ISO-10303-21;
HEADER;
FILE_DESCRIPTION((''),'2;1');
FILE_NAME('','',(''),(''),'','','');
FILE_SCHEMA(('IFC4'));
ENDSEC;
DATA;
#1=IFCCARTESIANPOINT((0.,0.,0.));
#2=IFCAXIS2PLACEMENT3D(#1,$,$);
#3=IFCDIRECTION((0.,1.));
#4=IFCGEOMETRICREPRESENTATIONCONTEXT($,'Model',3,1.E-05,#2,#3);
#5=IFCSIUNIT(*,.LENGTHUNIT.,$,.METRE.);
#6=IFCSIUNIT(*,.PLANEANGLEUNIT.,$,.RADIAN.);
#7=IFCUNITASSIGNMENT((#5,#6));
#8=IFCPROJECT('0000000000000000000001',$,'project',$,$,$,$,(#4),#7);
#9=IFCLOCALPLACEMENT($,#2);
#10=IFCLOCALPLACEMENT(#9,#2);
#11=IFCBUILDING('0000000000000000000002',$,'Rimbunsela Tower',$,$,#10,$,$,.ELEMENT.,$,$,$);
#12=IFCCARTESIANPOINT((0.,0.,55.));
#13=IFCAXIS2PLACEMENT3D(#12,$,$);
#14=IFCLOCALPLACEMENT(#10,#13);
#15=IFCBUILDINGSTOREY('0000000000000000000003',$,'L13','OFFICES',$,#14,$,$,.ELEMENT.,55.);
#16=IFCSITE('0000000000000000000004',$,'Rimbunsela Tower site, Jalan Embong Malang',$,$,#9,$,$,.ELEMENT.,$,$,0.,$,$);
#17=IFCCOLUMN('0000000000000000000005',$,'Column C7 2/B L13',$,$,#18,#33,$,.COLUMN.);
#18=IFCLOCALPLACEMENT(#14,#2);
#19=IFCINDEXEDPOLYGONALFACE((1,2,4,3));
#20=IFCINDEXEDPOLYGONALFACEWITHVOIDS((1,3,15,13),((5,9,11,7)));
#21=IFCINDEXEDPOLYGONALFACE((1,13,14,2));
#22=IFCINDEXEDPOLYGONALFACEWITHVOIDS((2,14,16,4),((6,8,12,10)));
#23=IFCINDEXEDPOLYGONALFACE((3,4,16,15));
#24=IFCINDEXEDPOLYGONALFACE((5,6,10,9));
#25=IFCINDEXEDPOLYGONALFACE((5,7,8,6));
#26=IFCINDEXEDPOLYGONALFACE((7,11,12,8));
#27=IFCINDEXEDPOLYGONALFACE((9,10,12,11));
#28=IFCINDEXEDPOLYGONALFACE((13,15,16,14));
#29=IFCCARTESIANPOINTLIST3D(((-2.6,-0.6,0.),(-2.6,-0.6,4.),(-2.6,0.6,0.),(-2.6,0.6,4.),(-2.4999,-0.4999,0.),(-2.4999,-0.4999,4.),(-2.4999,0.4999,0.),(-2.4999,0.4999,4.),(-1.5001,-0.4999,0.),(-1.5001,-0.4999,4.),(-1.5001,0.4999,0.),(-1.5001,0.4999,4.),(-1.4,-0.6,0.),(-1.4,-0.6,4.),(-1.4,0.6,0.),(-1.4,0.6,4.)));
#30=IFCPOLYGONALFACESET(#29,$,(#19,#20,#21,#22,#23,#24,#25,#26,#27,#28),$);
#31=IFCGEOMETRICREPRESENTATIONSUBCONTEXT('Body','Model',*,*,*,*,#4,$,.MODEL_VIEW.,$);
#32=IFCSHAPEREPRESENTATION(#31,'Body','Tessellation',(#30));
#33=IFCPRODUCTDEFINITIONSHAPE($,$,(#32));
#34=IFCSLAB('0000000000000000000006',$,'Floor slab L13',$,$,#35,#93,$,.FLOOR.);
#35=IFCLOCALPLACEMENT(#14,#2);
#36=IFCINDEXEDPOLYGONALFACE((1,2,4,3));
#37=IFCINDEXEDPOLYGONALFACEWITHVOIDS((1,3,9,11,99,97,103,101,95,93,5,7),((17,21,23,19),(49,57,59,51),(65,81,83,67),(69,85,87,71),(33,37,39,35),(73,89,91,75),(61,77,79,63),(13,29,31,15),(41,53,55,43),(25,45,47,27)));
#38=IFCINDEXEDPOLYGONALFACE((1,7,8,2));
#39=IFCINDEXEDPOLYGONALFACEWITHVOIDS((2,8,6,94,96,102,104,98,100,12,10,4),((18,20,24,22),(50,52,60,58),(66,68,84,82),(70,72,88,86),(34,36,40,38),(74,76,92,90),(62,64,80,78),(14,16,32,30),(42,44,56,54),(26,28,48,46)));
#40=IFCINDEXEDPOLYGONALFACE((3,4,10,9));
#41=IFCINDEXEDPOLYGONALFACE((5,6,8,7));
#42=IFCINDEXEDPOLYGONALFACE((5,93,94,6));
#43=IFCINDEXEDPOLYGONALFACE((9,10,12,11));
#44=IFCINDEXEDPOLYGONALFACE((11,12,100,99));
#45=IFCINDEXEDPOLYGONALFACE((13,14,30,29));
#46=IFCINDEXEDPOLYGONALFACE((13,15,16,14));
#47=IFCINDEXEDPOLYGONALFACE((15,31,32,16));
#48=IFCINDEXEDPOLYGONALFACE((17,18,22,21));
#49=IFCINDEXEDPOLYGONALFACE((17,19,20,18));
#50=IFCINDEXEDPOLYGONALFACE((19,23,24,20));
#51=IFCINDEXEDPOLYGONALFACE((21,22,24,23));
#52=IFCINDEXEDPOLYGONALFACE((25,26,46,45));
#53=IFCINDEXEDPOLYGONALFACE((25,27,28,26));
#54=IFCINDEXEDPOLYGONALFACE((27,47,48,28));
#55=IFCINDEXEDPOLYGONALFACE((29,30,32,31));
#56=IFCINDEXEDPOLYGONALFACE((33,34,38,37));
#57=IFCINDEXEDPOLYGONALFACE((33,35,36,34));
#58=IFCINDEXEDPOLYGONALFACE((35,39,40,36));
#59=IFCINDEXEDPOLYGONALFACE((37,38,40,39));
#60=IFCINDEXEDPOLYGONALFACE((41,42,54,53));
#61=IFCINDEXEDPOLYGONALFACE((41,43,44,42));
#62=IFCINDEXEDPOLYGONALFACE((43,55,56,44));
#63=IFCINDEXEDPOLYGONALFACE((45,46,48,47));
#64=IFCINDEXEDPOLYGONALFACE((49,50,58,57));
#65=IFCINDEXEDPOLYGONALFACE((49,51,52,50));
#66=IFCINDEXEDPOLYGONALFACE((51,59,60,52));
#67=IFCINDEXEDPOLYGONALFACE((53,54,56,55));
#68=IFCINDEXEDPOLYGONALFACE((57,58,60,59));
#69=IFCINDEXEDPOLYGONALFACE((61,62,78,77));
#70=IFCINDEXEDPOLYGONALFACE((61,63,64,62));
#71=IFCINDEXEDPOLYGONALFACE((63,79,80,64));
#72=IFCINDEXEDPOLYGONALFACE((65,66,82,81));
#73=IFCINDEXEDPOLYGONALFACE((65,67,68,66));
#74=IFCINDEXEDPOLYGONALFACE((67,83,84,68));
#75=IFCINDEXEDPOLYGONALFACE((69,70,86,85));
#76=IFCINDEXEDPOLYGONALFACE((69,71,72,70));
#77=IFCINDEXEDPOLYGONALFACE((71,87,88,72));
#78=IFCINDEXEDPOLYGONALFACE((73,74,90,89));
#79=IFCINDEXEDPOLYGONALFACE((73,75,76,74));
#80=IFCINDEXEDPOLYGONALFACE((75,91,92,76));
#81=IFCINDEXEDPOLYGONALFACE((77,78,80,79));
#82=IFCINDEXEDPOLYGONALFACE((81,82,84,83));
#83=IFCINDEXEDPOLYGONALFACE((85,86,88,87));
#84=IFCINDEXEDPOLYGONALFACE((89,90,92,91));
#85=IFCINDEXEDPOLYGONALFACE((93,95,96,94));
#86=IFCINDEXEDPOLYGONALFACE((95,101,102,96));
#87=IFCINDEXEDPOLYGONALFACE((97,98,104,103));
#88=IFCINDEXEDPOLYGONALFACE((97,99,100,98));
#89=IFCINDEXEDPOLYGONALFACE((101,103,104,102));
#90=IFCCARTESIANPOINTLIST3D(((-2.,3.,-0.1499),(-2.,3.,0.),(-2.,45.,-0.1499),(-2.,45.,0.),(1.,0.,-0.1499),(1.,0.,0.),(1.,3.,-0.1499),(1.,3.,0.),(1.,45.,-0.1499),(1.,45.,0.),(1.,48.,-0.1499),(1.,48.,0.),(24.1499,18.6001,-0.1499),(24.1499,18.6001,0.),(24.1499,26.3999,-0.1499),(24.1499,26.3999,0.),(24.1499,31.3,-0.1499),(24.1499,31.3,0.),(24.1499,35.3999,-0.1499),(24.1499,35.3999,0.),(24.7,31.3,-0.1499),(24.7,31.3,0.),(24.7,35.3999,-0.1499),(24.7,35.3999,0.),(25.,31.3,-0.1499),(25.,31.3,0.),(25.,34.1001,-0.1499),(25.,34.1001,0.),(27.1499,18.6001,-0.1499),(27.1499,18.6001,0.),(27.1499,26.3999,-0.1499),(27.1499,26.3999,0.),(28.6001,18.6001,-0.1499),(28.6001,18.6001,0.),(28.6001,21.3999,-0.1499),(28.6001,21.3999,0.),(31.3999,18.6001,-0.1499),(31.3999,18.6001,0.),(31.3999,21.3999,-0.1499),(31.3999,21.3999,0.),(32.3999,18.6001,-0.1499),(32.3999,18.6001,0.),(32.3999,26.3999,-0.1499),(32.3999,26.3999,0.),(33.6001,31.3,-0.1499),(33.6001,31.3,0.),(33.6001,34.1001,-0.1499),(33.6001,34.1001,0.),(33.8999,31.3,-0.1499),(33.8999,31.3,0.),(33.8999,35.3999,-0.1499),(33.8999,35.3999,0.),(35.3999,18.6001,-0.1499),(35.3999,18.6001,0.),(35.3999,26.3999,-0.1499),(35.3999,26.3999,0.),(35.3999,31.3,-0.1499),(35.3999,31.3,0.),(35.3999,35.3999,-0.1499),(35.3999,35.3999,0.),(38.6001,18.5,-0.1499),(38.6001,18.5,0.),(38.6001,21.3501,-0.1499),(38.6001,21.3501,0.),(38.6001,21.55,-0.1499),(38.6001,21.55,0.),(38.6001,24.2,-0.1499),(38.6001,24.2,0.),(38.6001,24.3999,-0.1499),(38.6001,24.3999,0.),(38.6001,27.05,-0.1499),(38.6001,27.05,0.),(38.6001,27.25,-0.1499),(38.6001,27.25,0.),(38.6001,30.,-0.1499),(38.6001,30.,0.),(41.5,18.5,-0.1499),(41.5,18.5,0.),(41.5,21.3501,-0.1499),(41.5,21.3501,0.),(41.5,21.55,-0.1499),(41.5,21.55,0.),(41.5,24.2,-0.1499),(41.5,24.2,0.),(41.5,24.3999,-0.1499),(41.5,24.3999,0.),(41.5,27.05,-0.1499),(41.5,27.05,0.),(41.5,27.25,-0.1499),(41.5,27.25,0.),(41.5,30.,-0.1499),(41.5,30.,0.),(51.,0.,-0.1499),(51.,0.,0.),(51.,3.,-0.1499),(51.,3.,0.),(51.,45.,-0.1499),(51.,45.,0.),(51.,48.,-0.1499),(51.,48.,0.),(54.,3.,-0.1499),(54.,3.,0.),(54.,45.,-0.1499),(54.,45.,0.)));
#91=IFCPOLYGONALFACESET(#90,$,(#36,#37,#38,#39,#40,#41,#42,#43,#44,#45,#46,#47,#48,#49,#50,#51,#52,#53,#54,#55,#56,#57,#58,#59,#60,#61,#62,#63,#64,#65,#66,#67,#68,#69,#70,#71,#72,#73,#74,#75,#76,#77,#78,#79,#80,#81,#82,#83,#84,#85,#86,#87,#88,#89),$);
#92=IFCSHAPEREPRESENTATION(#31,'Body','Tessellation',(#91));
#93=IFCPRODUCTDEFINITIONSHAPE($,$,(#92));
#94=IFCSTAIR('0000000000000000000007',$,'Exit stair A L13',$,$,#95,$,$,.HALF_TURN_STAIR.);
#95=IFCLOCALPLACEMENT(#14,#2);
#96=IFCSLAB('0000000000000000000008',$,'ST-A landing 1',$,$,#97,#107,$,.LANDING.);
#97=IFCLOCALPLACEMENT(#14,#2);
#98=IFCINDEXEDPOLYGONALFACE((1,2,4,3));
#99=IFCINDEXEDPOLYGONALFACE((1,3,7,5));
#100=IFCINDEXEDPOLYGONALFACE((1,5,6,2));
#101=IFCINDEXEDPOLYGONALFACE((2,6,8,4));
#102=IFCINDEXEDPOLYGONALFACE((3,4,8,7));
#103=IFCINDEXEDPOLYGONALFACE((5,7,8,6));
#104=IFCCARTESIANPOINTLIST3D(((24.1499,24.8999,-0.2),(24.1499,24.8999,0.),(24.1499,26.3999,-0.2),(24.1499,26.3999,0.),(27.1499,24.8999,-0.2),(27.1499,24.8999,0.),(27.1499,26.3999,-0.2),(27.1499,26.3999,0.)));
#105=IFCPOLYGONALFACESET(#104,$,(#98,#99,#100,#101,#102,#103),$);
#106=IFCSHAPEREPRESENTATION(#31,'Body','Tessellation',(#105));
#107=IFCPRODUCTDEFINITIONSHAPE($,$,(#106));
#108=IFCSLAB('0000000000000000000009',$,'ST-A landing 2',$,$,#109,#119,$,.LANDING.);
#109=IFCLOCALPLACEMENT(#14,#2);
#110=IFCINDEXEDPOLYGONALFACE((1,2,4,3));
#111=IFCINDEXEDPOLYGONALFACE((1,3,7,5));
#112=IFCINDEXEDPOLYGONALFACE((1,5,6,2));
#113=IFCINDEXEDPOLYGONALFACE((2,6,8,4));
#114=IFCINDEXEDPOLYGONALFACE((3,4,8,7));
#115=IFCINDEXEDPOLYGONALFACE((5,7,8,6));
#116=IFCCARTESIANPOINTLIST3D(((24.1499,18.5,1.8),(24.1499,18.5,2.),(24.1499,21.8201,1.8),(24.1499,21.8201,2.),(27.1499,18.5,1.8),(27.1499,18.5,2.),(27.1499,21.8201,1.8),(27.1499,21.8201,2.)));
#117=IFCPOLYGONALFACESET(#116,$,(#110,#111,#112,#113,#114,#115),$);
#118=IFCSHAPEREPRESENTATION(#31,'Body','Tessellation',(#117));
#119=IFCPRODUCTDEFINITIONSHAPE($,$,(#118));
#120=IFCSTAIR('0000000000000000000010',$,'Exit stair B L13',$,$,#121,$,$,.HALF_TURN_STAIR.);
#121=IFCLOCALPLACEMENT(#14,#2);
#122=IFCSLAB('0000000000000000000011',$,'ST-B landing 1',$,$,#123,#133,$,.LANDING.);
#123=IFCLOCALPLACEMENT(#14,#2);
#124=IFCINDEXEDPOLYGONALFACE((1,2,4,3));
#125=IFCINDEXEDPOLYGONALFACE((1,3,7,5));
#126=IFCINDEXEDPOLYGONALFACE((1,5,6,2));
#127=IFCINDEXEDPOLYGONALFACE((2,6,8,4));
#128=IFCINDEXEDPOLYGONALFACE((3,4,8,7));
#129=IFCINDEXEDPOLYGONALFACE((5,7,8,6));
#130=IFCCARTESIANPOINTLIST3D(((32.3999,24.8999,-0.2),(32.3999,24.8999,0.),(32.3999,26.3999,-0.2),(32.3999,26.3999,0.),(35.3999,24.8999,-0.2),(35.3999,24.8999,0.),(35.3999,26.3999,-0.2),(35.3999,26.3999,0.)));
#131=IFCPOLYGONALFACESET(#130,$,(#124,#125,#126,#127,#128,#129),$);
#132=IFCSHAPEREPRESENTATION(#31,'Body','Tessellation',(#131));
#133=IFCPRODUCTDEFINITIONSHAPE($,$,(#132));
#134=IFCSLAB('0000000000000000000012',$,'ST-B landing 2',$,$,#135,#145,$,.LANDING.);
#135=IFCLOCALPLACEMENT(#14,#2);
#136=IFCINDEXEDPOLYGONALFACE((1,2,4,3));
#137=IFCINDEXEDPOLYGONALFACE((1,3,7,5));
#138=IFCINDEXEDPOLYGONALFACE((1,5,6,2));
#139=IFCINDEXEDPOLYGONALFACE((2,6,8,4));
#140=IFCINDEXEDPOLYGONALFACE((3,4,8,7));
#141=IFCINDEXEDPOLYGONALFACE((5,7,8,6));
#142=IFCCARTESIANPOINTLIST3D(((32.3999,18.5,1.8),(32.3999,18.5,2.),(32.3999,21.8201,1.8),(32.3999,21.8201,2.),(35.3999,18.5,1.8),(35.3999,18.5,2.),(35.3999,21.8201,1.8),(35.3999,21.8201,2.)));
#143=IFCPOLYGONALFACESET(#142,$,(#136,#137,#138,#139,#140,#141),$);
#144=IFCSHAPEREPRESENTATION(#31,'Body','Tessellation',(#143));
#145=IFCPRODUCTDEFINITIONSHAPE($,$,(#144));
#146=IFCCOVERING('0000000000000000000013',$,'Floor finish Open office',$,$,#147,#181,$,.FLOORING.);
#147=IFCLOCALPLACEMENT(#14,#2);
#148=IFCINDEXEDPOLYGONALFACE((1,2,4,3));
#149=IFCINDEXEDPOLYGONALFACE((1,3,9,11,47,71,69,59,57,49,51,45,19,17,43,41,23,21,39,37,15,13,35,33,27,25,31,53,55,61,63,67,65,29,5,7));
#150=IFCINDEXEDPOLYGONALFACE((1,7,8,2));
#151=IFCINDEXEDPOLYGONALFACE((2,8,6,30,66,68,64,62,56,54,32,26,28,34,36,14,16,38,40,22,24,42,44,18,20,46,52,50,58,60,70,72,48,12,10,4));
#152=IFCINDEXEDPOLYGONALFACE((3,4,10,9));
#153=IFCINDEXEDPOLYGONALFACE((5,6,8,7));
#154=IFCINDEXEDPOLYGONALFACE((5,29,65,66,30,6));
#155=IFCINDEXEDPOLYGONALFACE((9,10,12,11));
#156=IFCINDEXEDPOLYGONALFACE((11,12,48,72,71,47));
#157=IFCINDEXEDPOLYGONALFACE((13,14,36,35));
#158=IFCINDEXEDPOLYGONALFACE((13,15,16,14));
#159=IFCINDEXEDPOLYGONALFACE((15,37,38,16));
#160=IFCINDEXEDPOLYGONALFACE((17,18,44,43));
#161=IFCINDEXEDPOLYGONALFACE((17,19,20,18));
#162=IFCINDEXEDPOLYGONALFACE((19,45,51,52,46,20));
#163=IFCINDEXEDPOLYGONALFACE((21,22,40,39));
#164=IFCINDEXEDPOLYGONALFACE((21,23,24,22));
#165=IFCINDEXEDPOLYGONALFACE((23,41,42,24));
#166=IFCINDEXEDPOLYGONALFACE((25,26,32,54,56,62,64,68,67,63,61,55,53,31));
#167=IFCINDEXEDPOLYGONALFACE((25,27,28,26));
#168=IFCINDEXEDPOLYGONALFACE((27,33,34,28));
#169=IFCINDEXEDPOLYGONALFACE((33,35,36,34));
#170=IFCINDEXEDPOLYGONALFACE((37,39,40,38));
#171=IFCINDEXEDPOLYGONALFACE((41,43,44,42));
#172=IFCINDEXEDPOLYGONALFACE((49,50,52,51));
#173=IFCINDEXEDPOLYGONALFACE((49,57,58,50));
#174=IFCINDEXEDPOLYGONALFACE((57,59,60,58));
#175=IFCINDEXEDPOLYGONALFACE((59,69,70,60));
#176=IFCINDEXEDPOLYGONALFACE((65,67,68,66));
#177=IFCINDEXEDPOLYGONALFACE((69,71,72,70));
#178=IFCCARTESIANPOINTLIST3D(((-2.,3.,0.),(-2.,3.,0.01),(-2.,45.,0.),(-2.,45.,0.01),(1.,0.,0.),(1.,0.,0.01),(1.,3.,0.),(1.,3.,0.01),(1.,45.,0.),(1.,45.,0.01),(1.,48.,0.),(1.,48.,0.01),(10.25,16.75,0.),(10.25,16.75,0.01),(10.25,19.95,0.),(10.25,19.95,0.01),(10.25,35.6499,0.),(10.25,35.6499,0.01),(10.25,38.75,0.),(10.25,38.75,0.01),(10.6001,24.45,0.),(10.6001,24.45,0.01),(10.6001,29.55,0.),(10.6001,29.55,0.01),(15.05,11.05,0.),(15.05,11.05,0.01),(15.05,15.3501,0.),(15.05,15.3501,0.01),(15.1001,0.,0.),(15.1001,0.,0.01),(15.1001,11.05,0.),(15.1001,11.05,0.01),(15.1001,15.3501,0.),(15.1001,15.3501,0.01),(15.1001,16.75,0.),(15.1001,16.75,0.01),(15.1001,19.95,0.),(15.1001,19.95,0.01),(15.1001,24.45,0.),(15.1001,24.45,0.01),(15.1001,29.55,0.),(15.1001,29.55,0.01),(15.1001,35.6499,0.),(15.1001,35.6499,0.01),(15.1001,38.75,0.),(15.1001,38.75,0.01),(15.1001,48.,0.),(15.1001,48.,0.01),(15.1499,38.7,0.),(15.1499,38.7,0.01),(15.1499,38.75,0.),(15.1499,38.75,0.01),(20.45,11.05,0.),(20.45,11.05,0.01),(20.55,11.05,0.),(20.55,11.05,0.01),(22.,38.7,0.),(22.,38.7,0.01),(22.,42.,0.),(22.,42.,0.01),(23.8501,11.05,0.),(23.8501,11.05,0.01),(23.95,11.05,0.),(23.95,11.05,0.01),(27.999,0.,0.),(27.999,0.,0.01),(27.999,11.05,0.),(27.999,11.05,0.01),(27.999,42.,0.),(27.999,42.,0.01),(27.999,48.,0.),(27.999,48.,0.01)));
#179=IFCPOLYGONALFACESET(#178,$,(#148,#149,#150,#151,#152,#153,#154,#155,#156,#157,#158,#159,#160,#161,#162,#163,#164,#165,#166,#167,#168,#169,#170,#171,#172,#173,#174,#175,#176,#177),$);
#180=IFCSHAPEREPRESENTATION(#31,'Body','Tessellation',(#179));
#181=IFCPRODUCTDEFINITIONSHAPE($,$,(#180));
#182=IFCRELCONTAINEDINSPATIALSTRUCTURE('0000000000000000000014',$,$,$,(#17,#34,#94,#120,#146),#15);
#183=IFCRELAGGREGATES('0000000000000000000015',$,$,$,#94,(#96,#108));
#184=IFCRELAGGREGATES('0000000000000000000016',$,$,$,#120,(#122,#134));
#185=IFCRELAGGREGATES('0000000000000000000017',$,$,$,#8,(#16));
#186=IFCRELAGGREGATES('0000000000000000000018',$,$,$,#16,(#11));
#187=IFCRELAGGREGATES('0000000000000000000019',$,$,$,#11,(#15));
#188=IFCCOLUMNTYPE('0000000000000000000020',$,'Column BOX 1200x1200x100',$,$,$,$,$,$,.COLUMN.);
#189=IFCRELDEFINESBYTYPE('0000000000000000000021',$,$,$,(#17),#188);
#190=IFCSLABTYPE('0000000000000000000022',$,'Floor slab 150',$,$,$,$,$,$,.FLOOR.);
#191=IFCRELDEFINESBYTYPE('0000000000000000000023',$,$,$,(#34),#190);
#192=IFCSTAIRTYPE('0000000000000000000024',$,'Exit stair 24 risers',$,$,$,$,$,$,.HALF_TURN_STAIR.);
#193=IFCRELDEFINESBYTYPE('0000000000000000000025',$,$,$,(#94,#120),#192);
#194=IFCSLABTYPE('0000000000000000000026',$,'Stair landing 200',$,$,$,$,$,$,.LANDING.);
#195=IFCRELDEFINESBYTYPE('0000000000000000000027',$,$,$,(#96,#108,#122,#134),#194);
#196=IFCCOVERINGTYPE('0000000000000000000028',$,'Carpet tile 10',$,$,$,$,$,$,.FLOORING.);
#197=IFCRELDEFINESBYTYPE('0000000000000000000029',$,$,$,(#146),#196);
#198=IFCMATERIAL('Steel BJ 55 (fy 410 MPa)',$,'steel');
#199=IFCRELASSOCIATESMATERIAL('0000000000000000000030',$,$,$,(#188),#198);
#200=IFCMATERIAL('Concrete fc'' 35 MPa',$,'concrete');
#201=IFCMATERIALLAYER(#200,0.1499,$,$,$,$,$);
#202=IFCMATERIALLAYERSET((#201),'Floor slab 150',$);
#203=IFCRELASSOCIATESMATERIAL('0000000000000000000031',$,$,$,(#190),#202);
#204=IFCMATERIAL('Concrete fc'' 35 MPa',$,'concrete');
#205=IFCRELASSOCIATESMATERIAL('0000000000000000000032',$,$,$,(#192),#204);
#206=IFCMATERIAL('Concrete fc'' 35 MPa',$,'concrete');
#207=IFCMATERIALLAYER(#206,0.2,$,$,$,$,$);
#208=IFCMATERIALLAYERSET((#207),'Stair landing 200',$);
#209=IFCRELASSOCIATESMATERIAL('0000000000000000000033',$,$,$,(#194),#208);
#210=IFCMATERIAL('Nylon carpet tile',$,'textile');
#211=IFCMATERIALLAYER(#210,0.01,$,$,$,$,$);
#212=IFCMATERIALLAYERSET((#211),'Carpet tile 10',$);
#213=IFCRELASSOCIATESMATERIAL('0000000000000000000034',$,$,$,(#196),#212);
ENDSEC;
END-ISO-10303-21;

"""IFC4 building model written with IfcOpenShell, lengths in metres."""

from ifc_helpers import new_model, si_unit, direction, frame, origin, origin_2d, place, context, subcontext, project, spatial, polyline, hollow_rectangle, outline, extrude, material, layer, layer_set, material_profile, profile_set, type_object, element, aggregate, save


model = new_model("IFC4")

# Units and contexts
model_context = context("Model", 3, precision=1e-05, world=origin(), true_north=direction((0.0, 1.0)))
body_context = subcontext(model_context, "Body", "Model", "MODEL_VIEW")
ifc_project = project(units=[si_unit("LENGTHUNIT", "METRE"), si_unit("PLANEANGLEUNIT", "RADIAN")], contexts=[model_context])

# Site, building, storey
site_placement = place(None, origin())
site = spatial("IfcSite", under=ifc_project, at=site_placement, Name="Rimbunsela Tower site, Jalan Embong Malang", CompositionType="ELEMENT", RefElevation=0.0)
building_placement = place(site_placement, origin())
building = spatial("IfcBuilding", under=site, at=building_placement, Name="Rimbunsela Tower", CompositionType="ELEMENT")
storey_placement = place(building_placement, frame((0.0, 0.0, 55.0)))
storey = spatial("IfcBuildingStorey", under=building, at=storey_placement, Name="L13", Description="OFFICES", CompositionType="ELEMENT", Elevation=55.0)

# Column
ifc_material_1 = material(Name="Steel BJ 55 (fy 410 MPa)", Category="steel")
ifc_material_profile = material_profile(ifc_material_1, hollow_rectangle(XDim=1.2, YDim=1.2, WallThickness=0.1001, at=origin_2d()), Name="BOX 1200x1200x100")
ifc_profile_set = profile_set([ifc_material_profile], Name="Steel BJ 55 (fy 410 MPa)")
column_type = type_object("IfcColumnType", Name="Column BOX 1200x1200x100", PredefinedType="COLUMN", material=ifc_profile_set)
column_placement = place(storey_placement, frame((-2.0, 0.0, 0.0), z_axis=(0.0, 0.0, 1.0), x_axis=(1.0, 0.0, 0.0)))
element("IfcColumn", 1, at=column_placement, inside=storey, type_object=column_type, Name="Column C7 2/B L13", PredefinedType="COLUMN", context=body_context, shape_type="SweptSolid", body=[
    extrude(hollow_rectangle(XDim=1.2, YDim=1.2, WallThickness=0.1001, at=origin_2d()), origin(), (0.0, 0.0, 1.0), 4.0),
])

# Slab
ifc_material_2 = material(Name="Concrete fc' 35 MPa", Category="concrete")
ifc_layer_1 = layer(ifc_material_2, 0.1499)
ifc_layer_set_1 = layer_set([ifc_layer_1], Name="Floor slab 150")
slab_type_1 = type_object("IfcSlabType", Name="Floor slab 150", PredefinedType="FLOOR", material=ifc_layer_set_1)
slab_1_placement = place(storey_placement, frame((0.0, 0.0, -0.1499)))
element("IfcSlab", 2, at=slab_1_placement, inside=storey, type_object=slab_type_1, Name="Floor slab L13", PredefinedType="FLOOR", context=body_context, shape_type="SweptSolid", body=[
    extrude(outline(polyline([(1.0, 0.0), (51.0, 0.0), (51.0, 3.0), (54.0, 3.0), (54.0, 45.0), (51.0, 45.0), (51.0, 48.0), (1.0, 48.0), (1.0, 45.0), (-2.0, 45.0), (-2.0, 3.0), (1.0, 3.0), (1.0, 0.0)]), holes=[polyline([(27.1499, 18.6001), (27.1499, 26.3999), (24.1499, 26.3999), (24.1499, 18.6001), (27.1499, 18.6001)]), polyline([(24.7, 31.3), (24.7, 35.3999), (24.1499, 35.3999), (24.1499, 31.3), (24.7, 31.3)]), polyline([(25.0, 34.1001), (25.0, 31.3), (33.6001, 31.3), (33.6001, 34.1001), (25.0, 34.1001)]), polyline([(31.3999, 21.3999), (28.6001, 21.3999), (28.6001, 18.6001), (31.3999, 18.6001), (31.3999, 21.3999)]), polyline([(35.3999, 18.6001), (35.3999, 26.3999), (32.3999, 26.3999), (32.3999, 18.6001), (35.3999, 18.6001)]), polyline([(35.3999, 31.3), (35.3999, 35.3999), (33.8999, 35.3999), (33.8999, 31.3), (35.3999, 31.3)]), polyline([(41.5, 21.3501), (38.6001, 21.3501), (38.6001, 18.5), (41.5, 18.5), (41.5, 21.3501)]), polyline([(41.5, 21.55), (41.5, 24.2), (38.6001, 24.2), (38.6001, 21.55), (41.5, 21.55)]), polyline([(41.5, 27.05), (38.6001, 27.05), (38.6001, 24.3999), (41.5, 24.3999), (41.5, 27.05)]), polyline([(41.5, 27.25), (41.5, 30.0), (38.6001, 30.0), (38.6001, 27.25), (41.5, 27.25)])]), origin(), (0.0, 0.0, 1.0), 0.1499),
])

# Stairs, slabs
ifc_material_3 = material(Name="Concrete fc' 35 MPa", Category="concrete")
stair_type = type_object("IfcStairType", Name="Exit stair 24 risers", PredefinedType="HALF_TURN_STAIR", material=ifc_material_3)
stair_1_placement = place(storey_placement, origin())
stair_1 = element("IfcStair", 3, at=stair_1_placement, inside=storey, type_object=stair_type, Name="Exit stair A L13", PredefinedType="HALF_TURN_STAIR")
ifc_material_4 = material(Name="Concrete fc' 35 MPa", Category="concrete")
ifc_layer_2 = layer(ifc_material_4, 0.2)
ifc_layer_set_2 = layer_set([ifc_layer_2], Name="Stair landing 200")
slab_type_2 = type_object("IfcSlabType", Name="Stair landing 200", PredefinedType="LANDING", material=ifc_layer_set_2)
slab_2_placement = place(storey_placement, frame((0.0, 0.0, -0.2)))
slab_2 = element("IfcSlab", 4, at=slab_2_placement, type_object=slab_type_2, Name="ST-A landing 1", PredefinedType="LANDING", context=body_context, shape_type="SweptSolid", body=[
    extrude(outline(polyline([(24.1499, 24.8999), (27.1499, 24.8999), (27.1499, 26.3999), (24.1499, 26.3999), (24.1499, 24.8999)])), origin(), (0.0, 0.0, 1.0), 0.2),
])
slab_3_placement = place(storey_placement, frame((0.0, 0.0, 1.8)))
slab_3 = element("IfcSlab", 5, at=slab_3_placement, type_object=slab_type_2, Name="ST-A landing 2", PredefinedType="LANDING", context=body_context, shape_type="SweptSolid", body=[
    extrude(outline(polyline([(24.1499, 18.5), (27.1499, 18.5), (27.1499, 21.8201), (24.1499, 21.8201), (24.1499, 18.5)])), origin(), (0.0, 0.0, 1.0), 0.2),
])
aggregate(stair_1, [slab_2, slab_3])
stair_2_placement = place(storey_placement, origin())
stair_2 = element("IfcStair", 6, at=stair_2_placement, inside=storey, type_object=stair_type, Name="Exit stair B L13", PredefinedType="HALF_TURN_STAIR")
slab_4_placement = place(storey_placement, frame((0.0, 0.0, -0.2)))
slab_4 = element("IfcSlab", 7, at=slab_4_placement, type_object=slab_type_2, Name="ST-B landing 1", PredefinedType="LANDING", context=body_context, shape_type="SweptSolid", body=[
    extrude(outline(polyline([(32.3999, 24.8999), (35.3999, 24.8999), (35.3999, 26.3999), (32.3999, 26.3999), (32.3999, 24.8999)])), origin(), (0.0, 0.0, 1.0), 0.2),
])
slab_5_placement = place(storey_placement, frame((0.0, 0.0, 1.8)))
slab_5 = element("IfcSlab", 8, at=slab_5_placement, type_object=slab_type_2, Name="ST-B landing 2", PredefinedType="LANDING", context=body_context, shape_type="SweptSolid", body=[
    extrude(outline(polyline([(32.3999, 18.5), (35.3999, 18.5), (35.3999, 21.8201), (32.3999, 21.8201), (32.3999, 18.5)])), origin(), (0.0, 0.0, 1.0), 0.2),
])
aggregate(stair_2, [slab_4, slab_5])

# Covering
ifc_material_5 = material(Name="Nylon carpet tile", Category="textile")
ifc_layer_3 = layer(ifc_material_5, 0.01)
ifc_layer_set_3 = layer_set([ifc_layer_3], Name="Carpet tile 10")
covering_type_1 = type_object("IfcCoveringType", Name="Carpet tile 10", PredefinedType="FLOORING", material=ifc_layer_set_3)
covering_1_placement = place(storey_placement, origin())
element("IfcCovering", 9, at=covering_1_placement, inside=storey, type_object=covering_type_1, Name="Floor finish Open office", PredefinedType="FLOORING", context=body_context, shape_type="SweptSolid", body=[
    extrude(outline(polyline([(20.55, 11.05), (23.8501, 11.05), (23.95, 11.05), (27.999, 11.05), (27.999, 0.0), (15.1001, 0.0), (1.0, 0.0), (1.0, 3.0), (-2.0, 3.0), (-2.0, 45.0), (1.0, 45.0), (1.0, 48.0), (15.1001, 48.0), (27.999, 48.0), (27.999, 42.0), (22.0, 42.0), (22.0, 38.7), (15.1499, 38.7), (15.1499, 38.75), (15.1001, 38.75), (10.25, 38.75), (10.25, 35.6499), (15.1001, 35.6499), (15.1001, 29.55), (10.6001, 29.55), (10.6001, 24.45), (15.1001, 24.45), (15.1001, 19.95), (10.25, 19.95), (10.25, 16.75), (15.1001, 16.75), (15.1001, 15.3501), (15.05, 15.3501), (15.05, 11.05), (15.1001, 11.05), (20.45, 11.05), (20.55, 11.05)])), origin(), (0.0, 0.0, 1.0), 0.01),
])

save(model, "model.ifc")
